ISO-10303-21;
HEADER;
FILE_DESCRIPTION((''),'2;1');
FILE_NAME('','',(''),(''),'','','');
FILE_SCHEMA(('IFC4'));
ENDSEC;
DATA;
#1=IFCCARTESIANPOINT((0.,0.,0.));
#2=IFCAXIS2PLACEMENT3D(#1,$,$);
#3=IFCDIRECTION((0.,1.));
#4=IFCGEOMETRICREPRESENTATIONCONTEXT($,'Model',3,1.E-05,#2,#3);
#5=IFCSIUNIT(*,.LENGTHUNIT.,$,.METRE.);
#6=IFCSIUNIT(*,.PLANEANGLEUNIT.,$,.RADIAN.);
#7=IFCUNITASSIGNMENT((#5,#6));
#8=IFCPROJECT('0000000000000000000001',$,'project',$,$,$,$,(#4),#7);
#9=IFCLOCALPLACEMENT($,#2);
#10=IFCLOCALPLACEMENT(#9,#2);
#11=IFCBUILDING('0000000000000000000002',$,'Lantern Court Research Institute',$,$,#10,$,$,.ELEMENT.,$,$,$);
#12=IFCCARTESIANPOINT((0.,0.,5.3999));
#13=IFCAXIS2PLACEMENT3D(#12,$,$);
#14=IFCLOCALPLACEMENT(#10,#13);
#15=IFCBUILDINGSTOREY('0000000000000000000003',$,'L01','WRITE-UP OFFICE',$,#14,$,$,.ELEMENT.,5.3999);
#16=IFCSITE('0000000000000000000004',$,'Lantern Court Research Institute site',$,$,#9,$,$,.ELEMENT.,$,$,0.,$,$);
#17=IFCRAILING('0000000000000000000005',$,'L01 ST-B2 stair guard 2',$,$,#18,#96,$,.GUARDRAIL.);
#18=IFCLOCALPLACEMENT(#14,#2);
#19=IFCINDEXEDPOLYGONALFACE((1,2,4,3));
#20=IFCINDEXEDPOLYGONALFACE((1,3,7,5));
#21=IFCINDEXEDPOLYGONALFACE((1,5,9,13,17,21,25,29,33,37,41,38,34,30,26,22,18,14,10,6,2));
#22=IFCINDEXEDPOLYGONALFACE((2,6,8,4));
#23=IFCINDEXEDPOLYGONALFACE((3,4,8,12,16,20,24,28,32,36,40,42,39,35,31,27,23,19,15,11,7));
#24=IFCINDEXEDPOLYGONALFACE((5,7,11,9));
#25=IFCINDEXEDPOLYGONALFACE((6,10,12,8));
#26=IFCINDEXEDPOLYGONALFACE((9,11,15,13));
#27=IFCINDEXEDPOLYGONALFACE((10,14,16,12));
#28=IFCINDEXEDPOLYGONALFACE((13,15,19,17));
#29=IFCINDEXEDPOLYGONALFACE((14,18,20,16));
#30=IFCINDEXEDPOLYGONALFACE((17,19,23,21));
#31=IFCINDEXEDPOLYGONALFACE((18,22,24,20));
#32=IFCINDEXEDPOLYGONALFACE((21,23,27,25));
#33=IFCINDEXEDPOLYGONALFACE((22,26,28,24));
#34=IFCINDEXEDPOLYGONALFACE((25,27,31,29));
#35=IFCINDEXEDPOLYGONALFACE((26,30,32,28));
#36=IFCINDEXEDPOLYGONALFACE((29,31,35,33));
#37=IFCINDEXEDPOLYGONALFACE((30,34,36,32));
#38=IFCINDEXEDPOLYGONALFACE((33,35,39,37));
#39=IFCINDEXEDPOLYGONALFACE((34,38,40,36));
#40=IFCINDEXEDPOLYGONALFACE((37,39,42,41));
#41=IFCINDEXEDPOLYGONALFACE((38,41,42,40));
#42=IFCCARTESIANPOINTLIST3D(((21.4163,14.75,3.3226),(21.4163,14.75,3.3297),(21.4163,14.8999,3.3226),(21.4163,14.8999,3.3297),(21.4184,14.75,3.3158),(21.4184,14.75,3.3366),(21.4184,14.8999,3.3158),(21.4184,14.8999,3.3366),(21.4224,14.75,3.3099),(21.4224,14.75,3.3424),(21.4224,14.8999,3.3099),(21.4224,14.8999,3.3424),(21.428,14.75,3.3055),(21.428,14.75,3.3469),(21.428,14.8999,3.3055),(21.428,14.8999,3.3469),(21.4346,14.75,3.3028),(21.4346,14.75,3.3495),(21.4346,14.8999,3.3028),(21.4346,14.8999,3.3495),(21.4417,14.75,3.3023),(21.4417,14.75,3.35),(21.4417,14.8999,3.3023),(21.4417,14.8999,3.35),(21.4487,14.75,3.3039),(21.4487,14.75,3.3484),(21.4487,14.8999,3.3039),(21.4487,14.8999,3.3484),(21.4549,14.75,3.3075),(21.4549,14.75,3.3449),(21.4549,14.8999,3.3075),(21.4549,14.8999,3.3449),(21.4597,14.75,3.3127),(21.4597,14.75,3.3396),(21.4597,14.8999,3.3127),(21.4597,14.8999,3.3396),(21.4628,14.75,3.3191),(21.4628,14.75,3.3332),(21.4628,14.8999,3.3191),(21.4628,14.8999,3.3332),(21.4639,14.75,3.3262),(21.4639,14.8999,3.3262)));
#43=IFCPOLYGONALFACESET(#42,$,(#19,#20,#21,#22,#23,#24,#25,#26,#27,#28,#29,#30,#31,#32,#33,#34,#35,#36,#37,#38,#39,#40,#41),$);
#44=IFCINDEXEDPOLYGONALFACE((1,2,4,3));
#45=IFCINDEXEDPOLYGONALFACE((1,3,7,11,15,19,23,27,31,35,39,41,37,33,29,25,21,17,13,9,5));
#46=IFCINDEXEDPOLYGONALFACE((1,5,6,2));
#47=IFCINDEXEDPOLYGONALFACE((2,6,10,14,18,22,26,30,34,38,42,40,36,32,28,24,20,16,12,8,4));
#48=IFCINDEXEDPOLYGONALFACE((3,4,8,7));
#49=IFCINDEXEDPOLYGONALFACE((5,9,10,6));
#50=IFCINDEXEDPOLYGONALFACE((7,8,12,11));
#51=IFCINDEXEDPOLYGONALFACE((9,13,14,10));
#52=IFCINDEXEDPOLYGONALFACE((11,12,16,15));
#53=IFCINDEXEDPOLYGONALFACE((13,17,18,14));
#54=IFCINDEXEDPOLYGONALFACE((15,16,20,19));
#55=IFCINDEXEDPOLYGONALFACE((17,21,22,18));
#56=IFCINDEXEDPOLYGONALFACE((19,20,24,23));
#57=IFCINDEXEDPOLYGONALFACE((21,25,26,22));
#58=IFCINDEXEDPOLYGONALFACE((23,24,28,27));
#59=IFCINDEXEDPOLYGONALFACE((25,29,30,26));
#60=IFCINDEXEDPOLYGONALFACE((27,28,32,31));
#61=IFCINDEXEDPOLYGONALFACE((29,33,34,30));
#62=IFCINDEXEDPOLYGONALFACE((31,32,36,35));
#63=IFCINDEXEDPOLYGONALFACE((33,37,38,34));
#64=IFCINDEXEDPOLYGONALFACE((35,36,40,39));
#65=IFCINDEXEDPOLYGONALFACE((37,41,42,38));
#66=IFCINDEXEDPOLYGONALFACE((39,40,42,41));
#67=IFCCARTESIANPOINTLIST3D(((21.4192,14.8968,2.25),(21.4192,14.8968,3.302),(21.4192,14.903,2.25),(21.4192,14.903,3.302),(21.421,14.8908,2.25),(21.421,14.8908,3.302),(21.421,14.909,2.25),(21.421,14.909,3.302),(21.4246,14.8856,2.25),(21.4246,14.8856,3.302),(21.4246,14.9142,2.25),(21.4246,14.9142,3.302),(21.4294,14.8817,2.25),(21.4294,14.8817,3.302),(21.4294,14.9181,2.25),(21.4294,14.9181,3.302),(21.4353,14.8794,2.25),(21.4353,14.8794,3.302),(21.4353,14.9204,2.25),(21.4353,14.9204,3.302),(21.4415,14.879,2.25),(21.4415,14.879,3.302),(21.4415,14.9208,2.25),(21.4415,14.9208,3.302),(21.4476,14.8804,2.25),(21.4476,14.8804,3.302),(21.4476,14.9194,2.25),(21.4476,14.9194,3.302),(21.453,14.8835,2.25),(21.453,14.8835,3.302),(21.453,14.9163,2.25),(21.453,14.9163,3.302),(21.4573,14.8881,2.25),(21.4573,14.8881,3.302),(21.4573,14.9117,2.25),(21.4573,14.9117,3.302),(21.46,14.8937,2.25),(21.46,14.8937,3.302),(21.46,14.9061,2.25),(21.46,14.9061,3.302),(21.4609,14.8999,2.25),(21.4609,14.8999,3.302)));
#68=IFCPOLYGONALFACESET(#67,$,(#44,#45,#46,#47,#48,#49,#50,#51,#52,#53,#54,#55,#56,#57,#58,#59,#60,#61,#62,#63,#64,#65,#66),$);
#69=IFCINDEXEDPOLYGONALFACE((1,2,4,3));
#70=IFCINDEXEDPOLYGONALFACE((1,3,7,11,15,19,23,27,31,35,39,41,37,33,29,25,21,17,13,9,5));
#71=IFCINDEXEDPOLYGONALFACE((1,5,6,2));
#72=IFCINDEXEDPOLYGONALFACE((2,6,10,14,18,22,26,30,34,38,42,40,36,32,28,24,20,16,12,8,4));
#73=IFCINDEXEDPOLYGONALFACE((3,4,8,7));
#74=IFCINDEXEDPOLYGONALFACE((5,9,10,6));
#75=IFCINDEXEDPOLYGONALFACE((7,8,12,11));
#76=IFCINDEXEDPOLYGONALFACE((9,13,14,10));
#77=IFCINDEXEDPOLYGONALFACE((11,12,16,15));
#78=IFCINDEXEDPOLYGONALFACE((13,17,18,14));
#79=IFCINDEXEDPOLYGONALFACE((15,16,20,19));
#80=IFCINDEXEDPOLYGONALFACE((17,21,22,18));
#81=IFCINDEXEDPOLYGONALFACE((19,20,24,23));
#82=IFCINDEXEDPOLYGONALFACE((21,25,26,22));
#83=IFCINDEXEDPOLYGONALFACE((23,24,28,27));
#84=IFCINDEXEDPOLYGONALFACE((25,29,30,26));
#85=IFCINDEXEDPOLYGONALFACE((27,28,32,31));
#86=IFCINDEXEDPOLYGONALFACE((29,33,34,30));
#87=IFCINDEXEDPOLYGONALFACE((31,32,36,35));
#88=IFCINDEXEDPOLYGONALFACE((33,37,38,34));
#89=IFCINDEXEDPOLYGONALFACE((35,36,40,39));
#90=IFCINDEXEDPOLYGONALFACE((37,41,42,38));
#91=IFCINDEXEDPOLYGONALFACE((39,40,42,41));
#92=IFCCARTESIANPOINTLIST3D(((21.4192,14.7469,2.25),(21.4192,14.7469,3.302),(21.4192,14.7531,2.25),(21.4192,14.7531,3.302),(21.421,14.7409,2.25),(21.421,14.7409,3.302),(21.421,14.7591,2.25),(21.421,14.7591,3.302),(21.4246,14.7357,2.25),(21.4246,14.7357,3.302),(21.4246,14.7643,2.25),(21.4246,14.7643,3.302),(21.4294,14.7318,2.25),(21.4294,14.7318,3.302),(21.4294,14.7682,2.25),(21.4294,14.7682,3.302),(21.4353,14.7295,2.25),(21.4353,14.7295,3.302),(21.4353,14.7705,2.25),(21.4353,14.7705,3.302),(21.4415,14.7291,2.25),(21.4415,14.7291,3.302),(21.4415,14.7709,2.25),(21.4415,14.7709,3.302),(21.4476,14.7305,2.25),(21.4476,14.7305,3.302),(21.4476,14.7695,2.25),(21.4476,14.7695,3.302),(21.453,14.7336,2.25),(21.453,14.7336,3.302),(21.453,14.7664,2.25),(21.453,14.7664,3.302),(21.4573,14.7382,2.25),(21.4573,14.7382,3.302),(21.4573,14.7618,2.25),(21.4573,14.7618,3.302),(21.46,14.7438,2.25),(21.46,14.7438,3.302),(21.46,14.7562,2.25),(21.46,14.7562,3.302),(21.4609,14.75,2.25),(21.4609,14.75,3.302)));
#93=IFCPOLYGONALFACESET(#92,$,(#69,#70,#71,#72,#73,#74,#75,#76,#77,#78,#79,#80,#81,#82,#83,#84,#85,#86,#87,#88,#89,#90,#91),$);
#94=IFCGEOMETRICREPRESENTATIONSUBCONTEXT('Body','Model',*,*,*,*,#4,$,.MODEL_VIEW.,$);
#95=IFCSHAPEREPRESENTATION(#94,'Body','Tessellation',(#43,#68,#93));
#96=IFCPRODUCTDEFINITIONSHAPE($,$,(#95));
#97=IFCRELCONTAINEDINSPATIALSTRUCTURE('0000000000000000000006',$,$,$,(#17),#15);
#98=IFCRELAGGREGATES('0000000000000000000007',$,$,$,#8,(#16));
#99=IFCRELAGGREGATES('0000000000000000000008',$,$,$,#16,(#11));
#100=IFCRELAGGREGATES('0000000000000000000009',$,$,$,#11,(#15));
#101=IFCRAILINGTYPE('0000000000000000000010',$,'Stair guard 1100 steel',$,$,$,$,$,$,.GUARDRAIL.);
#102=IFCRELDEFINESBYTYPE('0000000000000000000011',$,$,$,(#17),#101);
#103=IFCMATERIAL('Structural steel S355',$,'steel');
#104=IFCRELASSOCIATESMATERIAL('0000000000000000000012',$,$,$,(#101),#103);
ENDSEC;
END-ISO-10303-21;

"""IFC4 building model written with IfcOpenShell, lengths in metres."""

from ifc_helpers import new_model, si_unit, direction, frame, origin, origin_2d, place, context, subcontext, project, spatial, circle, extrude, material, type_object, element, save


model = new_model("IFC4")

# Units and contexts
model_context = context("Model", 3, precision=1e-05, world=origin(), true_north=direction((0.0, 1.0)))
body_context = subcontext(model_context, "Body", "Model", "MODEL_VIEW")
ifc_project = project(units=[si_unit("LENGTHUNIT", "METRE"), si_unit("PLANEANGLEUNIT", "RADIAN")], contexts=[model_context])

# Site, building, storey
site_placement = place(None, origin())
site = spatial("IfcSite", under=ifc_project, at=site_placement, Name="Lantern Court Research Institute site", CompositionType="ELEMENT", RefElevation=0.0)
building_placement = place(site_placement, origin())
building = spatial("IfcBuilding", under=site, at=building_placement, Name="Lantern Court Research Institute", CompositionType="ELEMENT")
storey_placement = place(building_placement, frame((0.0, 0.0, 5.3999)))
storey = spatial("IfcBuildingStorey", under=building, at=storey_placement, Name="L01", Description="WRITE-UP OFFICE", CompositionType="ELEMENT", Elevation=5.3999)

# Railing
ifc_material_1 = material(Name="Structural steel S355", Category="steel")
railing_type_1 = type_object("IfcRailingType", Name="Stair guard 1100 steel", PredefinedType="GUARDRAIL", material=ifc_material_1)
railing_1_placement = place(storey_placement, frame((21.4399, 14.8999, 2.25)))
element("IfcRailing", 1, at=railing_1_placement, inside=storey, type_object=railing_type_1, Name="L01 ST-B2 stair guard 2", PredefinedType="GUARDRAIL", context=body_context, shape_type="SweptSolid", body=[
    extrude(circle(Radius=0.0239, at=origin_2d()), frame((0.0, 0.0, 1.0762), z_axis=(0.0, -1.0, 0.0), x_axis=(1.0, 0.0, 0.0)), (0.0, 0.0, 1.0), 0.1499),
    extrude(circle(Radius=0.021, at=origin_2d()), origin(), (0.0, 0.0, 1.0), 1.052),
    extrude(circle(Radius=0.021, at=origin_2d()), frame((0.0, -0.1499, 0.0)), (0.0, 0.0, 1.0), 1.052),
])

save(model, "model.ifc")
